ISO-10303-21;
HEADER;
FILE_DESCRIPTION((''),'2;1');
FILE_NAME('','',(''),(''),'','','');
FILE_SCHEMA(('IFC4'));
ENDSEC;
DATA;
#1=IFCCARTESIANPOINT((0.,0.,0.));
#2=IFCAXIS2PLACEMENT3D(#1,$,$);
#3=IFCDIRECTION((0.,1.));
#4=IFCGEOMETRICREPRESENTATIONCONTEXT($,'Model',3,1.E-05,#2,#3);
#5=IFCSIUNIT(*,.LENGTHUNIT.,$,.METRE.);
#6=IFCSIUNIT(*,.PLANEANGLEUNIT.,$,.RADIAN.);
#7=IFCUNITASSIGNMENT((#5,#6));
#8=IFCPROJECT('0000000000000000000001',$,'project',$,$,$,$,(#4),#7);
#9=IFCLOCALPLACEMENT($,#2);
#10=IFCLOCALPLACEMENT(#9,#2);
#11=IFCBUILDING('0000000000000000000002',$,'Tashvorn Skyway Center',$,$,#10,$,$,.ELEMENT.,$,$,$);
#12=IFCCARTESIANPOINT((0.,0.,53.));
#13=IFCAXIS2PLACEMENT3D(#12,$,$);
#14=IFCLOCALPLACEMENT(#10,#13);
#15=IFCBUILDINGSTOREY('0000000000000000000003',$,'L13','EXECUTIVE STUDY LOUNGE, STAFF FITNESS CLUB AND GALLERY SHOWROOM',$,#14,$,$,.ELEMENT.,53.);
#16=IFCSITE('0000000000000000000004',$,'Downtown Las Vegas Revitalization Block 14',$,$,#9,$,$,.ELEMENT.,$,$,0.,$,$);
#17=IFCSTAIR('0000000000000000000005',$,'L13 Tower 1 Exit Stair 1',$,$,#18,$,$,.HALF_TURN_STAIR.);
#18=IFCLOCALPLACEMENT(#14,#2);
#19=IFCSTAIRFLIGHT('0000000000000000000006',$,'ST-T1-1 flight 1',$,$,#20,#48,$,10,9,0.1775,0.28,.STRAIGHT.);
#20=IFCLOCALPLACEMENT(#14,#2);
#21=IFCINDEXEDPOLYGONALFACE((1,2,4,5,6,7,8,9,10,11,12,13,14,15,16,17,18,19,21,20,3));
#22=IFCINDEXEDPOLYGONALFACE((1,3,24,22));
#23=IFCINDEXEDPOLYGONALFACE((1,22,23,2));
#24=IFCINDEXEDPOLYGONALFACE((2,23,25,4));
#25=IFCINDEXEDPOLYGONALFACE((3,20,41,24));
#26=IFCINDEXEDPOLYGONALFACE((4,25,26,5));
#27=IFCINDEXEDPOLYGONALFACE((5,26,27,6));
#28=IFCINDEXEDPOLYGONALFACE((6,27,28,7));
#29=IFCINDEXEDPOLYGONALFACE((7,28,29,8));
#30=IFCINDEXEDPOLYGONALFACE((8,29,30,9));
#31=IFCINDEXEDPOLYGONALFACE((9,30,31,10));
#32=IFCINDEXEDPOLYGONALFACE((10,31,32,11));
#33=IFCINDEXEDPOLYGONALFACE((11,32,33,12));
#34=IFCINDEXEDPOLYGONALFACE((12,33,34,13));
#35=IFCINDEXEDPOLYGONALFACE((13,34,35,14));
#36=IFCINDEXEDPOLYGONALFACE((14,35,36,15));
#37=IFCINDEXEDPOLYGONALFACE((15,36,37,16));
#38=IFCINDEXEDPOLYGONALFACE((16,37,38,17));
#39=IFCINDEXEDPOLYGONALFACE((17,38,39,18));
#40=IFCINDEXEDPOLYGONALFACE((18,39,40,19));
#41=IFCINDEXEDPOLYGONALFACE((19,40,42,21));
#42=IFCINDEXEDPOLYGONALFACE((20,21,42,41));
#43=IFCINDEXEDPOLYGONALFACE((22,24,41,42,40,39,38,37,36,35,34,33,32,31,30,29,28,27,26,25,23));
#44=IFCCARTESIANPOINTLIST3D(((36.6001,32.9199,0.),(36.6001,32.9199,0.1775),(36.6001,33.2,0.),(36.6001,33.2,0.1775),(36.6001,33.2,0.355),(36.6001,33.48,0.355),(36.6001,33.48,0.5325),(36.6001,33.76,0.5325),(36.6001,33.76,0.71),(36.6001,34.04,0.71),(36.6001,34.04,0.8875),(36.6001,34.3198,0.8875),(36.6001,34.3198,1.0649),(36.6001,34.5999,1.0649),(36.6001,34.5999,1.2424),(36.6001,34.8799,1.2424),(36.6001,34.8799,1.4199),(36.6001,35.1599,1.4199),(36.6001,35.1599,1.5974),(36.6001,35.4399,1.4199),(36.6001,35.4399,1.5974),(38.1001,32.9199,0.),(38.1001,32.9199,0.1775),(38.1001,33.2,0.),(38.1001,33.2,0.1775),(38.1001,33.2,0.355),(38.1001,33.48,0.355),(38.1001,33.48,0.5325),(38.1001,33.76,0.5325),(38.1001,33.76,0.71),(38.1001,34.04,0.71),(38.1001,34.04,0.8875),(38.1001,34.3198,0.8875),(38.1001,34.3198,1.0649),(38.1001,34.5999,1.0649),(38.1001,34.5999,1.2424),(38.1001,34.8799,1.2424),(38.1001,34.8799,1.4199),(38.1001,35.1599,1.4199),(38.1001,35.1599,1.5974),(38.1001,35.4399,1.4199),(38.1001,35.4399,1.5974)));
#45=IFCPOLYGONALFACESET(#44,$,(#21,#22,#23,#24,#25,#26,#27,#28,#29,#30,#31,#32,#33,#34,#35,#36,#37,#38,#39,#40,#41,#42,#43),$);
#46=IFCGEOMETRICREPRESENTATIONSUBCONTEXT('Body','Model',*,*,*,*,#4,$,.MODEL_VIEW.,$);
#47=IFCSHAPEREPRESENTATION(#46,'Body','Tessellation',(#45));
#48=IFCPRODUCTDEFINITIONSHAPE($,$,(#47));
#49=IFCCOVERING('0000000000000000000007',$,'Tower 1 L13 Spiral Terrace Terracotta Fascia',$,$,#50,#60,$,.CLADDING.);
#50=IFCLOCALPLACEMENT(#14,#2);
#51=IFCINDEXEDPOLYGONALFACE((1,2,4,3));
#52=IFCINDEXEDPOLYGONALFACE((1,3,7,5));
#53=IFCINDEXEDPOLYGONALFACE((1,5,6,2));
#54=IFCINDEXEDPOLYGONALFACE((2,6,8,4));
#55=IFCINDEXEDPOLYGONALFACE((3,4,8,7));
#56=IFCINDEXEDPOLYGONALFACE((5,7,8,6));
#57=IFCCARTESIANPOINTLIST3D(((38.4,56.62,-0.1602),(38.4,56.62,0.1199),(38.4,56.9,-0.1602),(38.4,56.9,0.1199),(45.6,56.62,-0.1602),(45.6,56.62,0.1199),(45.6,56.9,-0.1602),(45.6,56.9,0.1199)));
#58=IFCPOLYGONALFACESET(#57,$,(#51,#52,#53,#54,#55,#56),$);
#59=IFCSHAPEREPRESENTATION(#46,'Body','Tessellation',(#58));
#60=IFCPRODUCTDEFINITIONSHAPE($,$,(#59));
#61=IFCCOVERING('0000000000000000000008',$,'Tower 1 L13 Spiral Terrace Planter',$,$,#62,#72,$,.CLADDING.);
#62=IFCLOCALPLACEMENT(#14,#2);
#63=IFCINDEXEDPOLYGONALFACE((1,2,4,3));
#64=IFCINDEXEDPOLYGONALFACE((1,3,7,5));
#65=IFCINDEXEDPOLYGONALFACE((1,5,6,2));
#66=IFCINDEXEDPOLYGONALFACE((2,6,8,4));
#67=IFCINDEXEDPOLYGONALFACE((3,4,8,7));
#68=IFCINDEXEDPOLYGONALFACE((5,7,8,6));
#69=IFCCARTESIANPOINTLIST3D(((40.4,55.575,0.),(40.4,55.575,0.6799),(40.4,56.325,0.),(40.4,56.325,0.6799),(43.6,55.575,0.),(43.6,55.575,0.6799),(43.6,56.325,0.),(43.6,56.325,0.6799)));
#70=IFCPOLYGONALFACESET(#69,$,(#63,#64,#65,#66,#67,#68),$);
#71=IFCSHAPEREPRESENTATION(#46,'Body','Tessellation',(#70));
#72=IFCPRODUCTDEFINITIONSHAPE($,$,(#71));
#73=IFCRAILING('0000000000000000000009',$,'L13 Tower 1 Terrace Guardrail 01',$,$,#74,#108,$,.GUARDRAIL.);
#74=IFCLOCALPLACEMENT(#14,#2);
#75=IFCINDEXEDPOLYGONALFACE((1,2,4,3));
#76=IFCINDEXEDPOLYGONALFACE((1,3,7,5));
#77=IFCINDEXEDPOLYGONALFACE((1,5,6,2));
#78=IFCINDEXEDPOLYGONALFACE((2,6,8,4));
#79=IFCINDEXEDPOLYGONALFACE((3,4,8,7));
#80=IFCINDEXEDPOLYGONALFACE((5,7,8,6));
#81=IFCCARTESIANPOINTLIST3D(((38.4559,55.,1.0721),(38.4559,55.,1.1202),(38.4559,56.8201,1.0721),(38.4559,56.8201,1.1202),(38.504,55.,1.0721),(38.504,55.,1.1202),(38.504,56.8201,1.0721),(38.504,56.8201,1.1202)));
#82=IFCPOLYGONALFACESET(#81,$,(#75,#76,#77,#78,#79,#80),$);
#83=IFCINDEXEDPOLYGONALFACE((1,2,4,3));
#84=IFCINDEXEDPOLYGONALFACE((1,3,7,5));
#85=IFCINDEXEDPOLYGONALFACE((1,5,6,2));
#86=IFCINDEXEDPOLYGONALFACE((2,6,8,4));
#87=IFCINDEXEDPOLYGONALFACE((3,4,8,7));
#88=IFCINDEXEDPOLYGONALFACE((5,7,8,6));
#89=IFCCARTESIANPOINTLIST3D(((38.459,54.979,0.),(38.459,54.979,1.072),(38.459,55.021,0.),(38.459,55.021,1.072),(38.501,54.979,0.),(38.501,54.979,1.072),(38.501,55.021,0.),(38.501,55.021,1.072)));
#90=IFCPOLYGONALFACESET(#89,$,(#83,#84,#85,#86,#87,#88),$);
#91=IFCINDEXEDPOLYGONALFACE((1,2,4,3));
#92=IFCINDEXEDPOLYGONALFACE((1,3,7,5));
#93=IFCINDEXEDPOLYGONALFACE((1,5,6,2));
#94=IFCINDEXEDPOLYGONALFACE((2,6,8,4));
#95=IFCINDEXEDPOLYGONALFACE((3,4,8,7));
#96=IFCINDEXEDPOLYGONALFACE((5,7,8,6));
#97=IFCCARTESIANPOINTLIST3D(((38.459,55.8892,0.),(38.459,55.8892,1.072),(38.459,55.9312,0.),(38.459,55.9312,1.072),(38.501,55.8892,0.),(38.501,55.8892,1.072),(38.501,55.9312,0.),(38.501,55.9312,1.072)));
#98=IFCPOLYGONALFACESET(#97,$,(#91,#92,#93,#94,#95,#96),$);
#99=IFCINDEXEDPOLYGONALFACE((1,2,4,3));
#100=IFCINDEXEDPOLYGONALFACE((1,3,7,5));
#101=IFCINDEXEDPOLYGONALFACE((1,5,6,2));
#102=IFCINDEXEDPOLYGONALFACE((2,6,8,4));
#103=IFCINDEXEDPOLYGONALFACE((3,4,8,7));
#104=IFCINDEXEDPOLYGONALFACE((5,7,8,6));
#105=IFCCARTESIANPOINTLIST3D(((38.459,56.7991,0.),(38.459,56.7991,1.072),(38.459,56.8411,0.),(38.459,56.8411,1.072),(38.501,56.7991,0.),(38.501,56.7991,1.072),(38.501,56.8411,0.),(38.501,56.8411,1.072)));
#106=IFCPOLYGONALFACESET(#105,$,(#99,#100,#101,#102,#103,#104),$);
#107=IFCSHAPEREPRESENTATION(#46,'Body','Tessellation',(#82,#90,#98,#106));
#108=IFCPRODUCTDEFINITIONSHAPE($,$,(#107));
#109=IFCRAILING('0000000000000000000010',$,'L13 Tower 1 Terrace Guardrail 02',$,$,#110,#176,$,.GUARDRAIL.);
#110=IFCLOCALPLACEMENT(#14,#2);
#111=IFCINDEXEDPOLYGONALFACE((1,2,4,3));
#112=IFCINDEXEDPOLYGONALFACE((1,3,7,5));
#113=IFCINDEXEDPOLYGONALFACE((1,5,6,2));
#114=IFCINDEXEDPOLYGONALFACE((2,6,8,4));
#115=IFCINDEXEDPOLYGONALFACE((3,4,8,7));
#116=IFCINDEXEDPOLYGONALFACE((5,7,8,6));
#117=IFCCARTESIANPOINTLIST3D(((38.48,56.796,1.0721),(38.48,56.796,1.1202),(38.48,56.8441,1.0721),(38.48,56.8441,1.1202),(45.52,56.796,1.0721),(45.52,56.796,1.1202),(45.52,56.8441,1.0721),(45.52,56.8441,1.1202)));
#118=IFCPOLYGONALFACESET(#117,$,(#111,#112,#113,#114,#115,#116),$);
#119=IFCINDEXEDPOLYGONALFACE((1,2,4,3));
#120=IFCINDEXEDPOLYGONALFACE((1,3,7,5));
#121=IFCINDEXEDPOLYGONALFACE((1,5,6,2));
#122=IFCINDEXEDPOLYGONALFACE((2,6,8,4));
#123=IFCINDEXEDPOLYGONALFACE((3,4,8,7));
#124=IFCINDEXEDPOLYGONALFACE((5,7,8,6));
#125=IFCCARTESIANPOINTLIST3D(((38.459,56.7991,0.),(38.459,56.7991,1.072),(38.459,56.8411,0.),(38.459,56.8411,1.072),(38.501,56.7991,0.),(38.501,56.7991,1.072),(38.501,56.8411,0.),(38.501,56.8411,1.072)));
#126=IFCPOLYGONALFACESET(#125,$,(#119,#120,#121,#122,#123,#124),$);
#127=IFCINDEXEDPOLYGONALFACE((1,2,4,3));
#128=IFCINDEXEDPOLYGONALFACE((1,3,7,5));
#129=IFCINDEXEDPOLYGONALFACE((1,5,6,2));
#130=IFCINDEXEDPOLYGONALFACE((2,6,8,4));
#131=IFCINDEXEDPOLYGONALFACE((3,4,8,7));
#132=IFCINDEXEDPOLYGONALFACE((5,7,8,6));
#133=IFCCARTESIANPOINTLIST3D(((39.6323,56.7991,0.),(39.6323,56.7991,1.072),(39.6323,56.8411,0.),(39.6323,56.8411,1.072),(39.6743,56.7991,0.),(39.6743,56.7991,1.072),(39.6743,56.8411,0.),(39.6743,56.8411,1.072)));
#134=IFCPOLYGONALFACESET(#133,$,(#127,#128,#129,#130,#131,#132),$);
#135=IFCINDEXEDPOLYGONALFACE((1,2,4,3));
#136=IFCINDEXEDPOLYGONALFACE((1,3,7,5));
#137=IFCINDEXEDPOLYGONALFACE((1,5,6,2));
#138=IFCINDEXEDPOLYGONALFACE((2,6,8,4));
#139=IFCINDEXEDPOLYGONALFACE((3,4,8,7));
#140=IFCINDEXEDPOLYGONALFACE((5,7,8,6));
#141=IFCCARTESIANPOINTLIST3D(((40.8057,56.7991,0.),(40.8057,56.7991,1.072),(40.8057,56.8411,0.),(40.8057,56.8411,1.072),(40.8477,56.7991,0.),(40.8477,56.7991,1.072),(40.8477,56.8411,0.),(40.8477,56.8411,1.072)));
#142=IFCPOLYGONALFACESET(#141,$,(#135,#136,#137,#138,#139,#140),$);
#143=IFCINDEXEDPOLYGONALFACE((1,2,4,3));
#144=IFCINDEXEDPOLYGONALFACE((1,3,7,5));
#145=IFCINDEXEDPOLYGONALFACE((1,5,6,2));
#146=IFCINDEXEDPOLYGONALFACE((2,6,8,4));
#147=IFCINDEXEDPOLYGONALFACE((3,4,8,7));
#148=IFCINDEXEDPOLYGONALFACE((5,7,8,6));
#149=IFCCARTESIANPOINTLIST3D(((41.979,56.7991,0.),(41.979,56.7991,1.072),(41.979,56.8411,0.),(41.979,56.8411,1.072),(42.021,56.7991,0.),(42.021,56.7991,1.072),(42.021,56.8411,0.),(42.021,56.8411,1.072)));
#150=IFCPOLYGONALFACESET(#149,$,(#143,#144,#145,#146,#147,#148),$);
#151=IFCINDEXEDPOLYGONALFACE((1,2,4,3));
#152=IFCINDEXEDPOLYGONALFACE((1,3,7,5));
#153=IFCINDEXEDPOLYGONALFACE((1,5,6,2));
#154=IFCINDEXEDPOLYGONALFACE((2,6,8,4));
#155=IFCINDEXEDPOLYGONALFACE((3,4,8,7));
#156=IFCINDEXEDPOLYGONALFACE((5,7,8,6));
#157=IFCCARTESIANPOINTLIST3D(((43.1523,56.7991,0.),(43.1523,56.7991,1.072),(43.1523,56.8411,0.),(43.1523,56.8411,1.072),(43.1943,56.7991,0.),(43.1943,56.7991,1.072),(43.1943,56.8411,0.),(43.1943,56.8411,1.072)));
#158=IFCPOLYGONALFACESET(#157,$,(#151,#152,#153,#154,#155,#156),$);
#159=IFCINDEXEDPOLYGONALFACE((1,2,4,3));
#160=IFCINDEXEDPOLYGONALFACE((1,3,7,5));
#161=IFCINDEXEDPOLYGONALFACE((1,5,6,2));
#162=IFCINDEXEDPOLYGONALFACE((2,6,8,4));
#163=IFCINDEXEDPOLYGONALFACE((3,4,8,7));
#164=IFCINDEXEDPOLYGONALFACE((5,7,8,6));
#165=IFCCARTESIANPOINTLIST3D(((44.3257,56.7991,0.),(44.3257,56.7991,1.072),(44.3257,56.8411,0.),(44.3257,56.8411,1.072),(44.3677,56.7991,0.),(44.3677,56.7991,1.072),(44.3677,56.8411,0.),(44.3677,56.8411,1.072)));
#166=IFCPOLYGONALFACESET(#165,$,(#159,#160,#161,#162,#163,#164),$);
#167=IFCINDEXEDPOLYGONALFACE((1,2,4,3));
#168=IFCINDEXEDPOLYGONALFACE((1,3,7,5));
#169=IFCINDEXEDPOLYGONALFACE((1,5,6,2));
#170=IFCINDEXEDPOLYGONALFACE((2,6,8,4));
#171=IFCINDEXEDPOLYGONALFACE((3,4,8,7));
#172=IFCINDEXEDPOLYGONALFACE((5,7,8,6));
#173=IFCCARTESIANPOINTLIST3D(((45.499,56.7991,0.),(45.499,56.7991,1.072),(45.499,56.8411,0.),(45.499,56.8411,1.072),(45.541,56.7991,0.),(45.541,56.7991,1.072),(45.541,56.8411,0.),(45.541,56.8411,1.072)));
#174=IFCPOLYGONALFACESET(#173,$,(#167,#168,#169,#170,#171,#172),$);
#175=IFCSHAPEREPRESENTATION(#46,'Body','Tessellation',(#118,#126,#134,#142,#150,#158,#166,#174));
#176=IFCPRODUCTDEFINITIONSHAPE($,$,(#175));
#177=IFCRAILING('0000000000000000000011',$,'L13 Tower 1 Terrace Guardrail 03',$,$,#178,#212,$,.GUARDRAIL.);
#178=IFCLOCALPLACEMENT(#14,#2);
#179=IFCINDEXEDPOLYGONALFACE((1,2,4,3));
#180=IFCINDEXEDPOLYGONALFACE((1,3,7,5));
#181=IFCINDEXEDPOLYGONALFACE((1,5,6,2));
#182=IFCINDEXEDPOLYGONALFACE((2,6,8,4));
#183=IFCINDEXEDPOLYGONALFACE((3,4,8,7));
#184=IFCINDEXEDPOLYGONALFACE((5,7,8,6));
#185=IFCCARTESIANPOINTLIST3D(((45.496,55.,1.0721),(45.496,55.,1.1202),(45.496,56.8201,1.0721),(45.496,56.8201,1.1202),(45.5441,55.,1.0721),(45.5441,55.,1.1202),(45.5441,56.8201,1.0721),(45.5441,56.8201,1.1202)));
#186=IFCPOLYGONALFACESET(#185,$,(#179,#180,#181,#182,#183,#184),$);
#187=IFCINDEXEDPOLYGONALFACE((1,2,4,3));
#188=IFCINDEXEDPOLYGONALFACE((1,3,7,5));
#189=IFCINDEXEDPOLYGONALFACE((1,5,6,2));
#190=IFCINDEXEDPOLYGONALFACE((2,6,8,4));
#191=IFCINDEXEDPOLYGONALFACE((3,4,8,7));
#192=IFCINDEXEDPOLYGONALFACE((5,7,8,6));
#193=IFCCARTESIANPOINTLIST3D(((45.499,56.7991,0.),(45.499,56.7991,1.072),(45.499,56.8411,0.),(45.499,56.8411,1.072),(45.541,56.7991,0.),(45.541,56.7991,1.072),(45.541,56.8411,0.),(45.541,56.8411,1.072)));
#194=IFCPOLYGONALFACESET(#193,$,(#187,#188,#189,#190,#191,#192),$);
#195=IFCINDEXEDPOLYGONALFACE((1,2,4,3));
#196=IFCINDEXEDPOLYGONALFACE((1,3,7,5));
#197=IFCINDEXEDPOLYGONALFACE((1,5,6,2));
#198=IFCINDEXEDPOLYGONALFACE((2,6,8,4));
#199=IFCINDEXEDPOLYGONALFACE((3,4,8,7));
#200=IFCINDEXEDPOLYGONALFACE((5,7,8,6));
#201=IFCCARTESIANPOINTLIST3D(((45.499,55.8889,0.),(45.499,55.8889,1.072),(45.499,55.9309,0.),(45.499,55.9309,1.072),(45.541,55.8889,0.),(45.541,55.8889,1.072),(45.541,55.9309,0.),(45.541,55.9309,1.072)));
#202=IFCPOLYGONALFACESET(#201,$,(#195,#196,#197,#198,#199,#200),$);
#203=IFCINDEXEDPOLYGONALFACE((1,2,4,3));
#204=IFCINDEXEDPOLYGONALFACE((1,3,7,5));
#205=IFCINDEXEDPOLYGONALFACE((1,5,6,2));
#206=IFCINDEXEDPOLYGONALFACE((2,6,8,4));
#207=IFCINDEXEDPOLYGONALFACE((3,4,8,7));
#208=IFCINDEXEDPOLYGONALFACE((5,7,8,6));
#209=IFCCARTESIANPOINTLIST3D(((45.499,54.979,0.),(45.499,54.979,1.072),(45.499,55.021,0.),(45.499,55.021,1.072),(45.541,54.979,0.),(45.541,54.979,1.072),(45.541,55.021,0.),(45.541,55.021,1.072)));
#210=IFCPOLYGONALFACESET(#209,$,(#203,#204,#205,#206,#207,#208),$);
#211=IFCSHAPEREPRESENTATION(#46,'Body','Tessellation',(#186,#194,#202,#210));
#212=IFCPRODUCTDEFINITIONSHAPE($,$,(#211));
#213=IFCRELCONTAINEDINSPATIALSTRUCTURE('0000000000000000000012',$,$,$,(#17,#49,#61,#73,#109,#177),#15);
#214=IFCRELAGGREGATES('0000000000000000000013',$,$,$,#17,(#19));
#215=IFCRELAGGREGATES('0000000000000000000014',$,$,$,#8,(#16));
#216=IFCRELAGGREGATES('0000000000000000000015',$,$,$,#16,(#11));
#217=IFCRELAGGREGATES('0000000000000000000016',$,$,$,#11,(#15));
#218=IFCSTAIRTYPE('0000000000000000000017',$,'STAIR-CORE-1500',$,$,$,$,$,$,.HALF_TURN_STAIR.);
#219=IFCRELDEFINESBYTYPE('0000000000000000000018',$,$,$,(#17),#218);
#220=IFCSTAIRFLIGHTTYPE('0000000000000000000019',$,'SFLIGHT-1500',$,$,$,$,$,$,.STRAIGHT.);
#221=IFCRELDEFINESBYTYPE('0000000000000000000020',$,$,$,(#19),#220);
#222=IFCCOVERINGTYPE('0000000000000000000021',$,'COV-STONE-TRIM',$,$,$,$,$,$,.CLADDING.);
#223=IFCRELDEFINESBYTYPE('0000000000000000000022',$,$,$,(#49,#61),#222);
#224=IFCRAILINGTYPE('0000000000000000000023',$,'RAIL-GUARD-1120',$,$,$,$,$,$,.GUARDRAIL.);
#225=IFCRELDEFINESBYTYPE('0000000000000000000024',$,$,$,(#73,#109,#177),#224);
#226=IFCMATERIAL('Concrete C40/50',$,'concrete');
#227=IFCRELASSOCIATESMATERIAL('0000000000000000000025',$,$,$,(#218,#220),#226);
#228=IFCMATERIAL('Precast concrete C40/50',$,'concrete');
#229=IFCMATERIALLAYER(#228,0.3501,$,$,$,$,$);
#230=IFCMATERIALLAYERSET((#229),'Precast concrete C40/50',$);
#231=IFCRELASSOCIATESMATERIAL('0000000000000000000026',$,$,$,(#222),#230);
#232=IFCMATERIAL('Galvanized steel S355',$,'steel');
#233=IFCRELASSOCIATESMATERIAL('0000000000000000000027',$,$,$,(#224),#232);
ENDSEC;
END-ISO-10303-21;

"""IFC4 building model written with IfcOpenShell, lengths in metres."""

from ifc_helpers import new_model, si_unit, direction, frame, origin, origin_2d, place, context, subcontext, project, spatial, polyline, rectangle, outline, extrude, material, layer, layer_set, type_object, element, aggregate, save


model = new_model("IFC4")

# Units and contexts
model_context = context("Model", 3, precision=1e-05, world=origin(), true_north=direction((0.0, 1.0)))
body_context = subcontext(model_context, "Body", "Model", "MODEL_VIEW")
ifc_project = project(units=[si_unit("LENGTHUNIT", "METRE"), si_unit("PLANEANGLEUNIT", "RADIAN")], contexts=[model_context])

# Site, building, storey
site_placement = place(None, origin())
site = spatial("IfcSite", under=ifc_project, at=site_placement, Name="Downtown Las Vegas Revitalization Block 14", CompositionType="ELEMENT", RefElevation=0.0)
building_placement = place(site_placement, origin())
building = spatial("IfcBuilding", under=site, at=building_placement, Name="Tashvorn Skyway Center", CompositionType="ELEMENT")
storey_placement = place(building_placement, frame((0.0, 0.0, 53.0)))
storey = spatial("IfcBuildingStorey", under=building, at=storey_placement, Name="L13", Description="EXECUTIVE STUDY LOUNGE, STAFF FITNESS CLUB AND GALLERY SHOWROOM", CompositionType="ELEMENT", Elevation=53.0)

# Shared definitions
ifc_material_1 = material(Name="Precast concrete C40/50", Category="concrete")

# Shared definitions
ifc_material_2 = material(Name="Concrete C40/50", Category="concrete")

# Stair, stair flight
stair_type = type_object("IfcStairType", Name="STAIR-CORE-1500", PredefinedType="HALF_TURN_STAIR", material=ifc_material_2)
stair_placement = place(storey_placement, origin())
stair = element("IfcStair", 1, at=stair_placement, inside=storey, type_object=stair_type, Name="L13 Tower 1 Exit Stair 1", PredefinedType="HALF_TURN_STAIR")
stair_flight_type = type_object("IfcStairFlightType", Name="SFLIGHT-1500", PredefinedType="STRAIGHT", material=ifc_material_2)
stair_flight_placement = place(storey_placement, frame((37.3501, 32.9199, 0.0), z_axis=(0.0, 0.0, 1.0), x_axis=(0.0, 1.0, 0.0)))
stair_flight = element("IfcStairFlight", 2, at=stair_flight_placement, type_object=stair_flight_type, Name="ST-T1-1 flight 1", NumberOfRisers=10, NumberOfTreads=9, PredefinedType="STRAIGHT", RiserHeight=0.1775, TreadLength=0.28, context=body_context, shape_type="SweptSolid", body=[
    extrude(outline(polyline([(0.0, 0.0), (0.0, 0.1775), (0.28, 0.1775), (0.28, 0.355), (0.5601, 0.355), (0.5601, 0.5325), (0.8401, 0.5325), (0.8401, 0.71), (1.1201, 0.71), (1.1201, 0.8875), (1.3999, 0.8875), (1.3999, 1.0649), (1.6799, 1.0649), (1.6799, 1.2424), (1.96, 1.2424), (1.96, 1.4199), (2.24, 1.4199), (2.24, 1.5974), (2.52, 1.5974), (2.52, 1.7749), (2.52, 1.4199), (0.28, 0.0), (0.0, 0.0)])), frame((0.0, 0.75, 0.0), z_axis=(0.0, -1.0, 0.0), x_axis=(1.0, 0.0, 0.0)), (0.0, 0.0, 1.0), 1.5),
])
aggregate(stair, [stair_flight])

# Coverings
ifc_layer_1 = layer(ifc_material_1, 0.3501)
ifc_layer_set_1 = layer_set([ifc_layer_1], Name="Precast concrete C40/50")
covering_type = type_object("IfcCoveringType", Name="COV-STONE-TRIM", PredefinedType="CLADDING", material=ifc_layer_set_1)
covering_1_placement = place(storey_placement, frame((42.0, 56.76, -0.1602), z_axis=(0.0, 0.0, 1.0), x_axis=(1.0, 0.0, 0.0)))
element("IfcCovering", 3, at=covering_1_placement, inside=storey, type_object=covering_type, Name="Tower 1 L13 Spiral Terrace Terracotta Fascia", PredefinedType="CLADDING", context=body_context, shape_type="SweptSolid", body=[
    extrude(rectangle(XDim=7.2, YDim=0.28, at=origin_2d()), origin(), (0.0, 0.0, 1.0), 0.28),
])
covering_2_placement = place(storey_placement, frame((42.0, 55.95, 0.0), z_axis=(0.0, 0.0, 1.0), x_axis=(1.0, 0.0, 0.0)))
element("IfcCovering", 4, at=covering_2_placement, inside=storey, type_object=covering_type, Name="Tower 1 L13 Spiral Terrace Planter", PredefinedType="CLADDING", context=body_context, shape_type="SweptSolid", body=[
    extrude(rectangle(XDim=3.2, YDim=0.75, at=origin_2d()), origin(), (0.0, 0.0, 1.0), 0.6799),
])

# Railings
ifc_material_3 = material(Name="Galvanized steel S355", Category="steel")
railing_type_1 = type_object("IfcRailingType", Name="RAIL-GUARD-1120", PredefinedType="GUARDRAIL", material=ifc_material_3)
railing_1_placement = place(storey_placement, frame((38.48, 55.0, 0.0)))
element("IfcRailing", 5, at=railing_1_placement, inside=storey, type_object=railing_type_1, Name="L13 Tower 1 Terrace Guardrail 01", PredefinedType="GUARDRAIL", context=body_context, shape_type="SweptSolid", body=[
    extrude(rectangle(XDim=0.0481, YDim=0.0481, at=origin_2d()), frame((0.0, 0.0, 1.0962), z_axis=(0.0, 1.0, 0.0), x_axis=(-1.0, 0.0, 0.0)), (0.0, 0.0, 1.0), 1.8201),
    extrude(rectangle(XDim=0.042, YDim=0.042, at=origin_2d()), origin(), (0.0, 0.0, 1.0), 1.072),
    extrude(rectangle(XDim=0.042, YDim=0.042, at=origin_2d()), frame((0.0, 0.9102, 0.0)), (0.0, 0.0, 1.0), 1.072),
    extrude(rectangle(XDim=0.042, YDim=0.042, at=origin_2d()), frame((0.0, 1.8201, 0.0)), (0.0, 0.0, 1.0), 1.072),
])
railing_2_placement = place(storey_placement, frame((38.48, 56.8201, 0.0)))
element("IfcRailing", 6, at=railing_2_placement, inside=storey, type_object=railing_type_1, Name="L13 Tower 1 Terrace Guardrail 02", PredefinedType="GUARDRAIL", context=body_context, shape_type="SweptSolid", body=[
    extrude(rectangle(XDim=0.0481, YDim=0.0481, at=origin_2d()), frame((0.0, 0.0, 1.0962), z_axis=(1.0, 0.0, 0.0), x_axis=(0.0, 1.0, 0.0)), (0.0, 0.0, 1.0), 7.04),
    extrude(rectangle(XDim=0.042, YDim=0.042, at=origin_2d()), origin(), (0.0, 0.0, 1.0), 1.072),
    extrude(rectangle(XDim=0.042, YDim=0.042, at=origin_2d()), frame((1.1733, 0.0, 0.0)), (0.0, 0.0, 1.0), 1.072),
    extrude(rectangle(XDim=0.042, YDim=0.042, at=origin_2d()), frame((2.3467, 0.0, 0.0)), (0.0, 0.0, 1.0), 1.072),
    extrude(rectangle(XDim=0.042, YDim=0.042, at=origin_2d()), frame((3.52, 0.0, 0.0)), (0.0, 0.0, 1.0), 1.072),
    extrude(rectangle(XDim=0.042, YDim=0.042, at=origin_2d()), frame((4.6934, 0.0, 0.0)), (0.0, 0.0, 1.0), 1.072),
    extrude(rectangle(XDim=0.042, YDim=0.042, at=origin_2d()), frame((5.8667, 0.0, 0.0)), (0.0, 0.0, 1.0), 1.072),
    extrude(rectangle(XDim=0.042, YDim=0.042, at=origin_2d()), frame((7.04, 0.0, 0.0)), (0.0, 0.0, 1.0), 1.072),
])
railing_3_placement = place(storey_placement, frame((45.52, 56.8201, 0.0)))
element("IfcRailing", 7, at=railing_3_placement, inside=storey, type_object=railing_type_1, Name="L13 Tower 1 Terrace Guardrail 03", PredefinedType="GUARDRAIL", context=body_context, shape_type="SweptSolid", body=[
    extrude(rectangle(XDim=0.0481, YDim=0.0481, at=origin_2d()), frame((0.0, 0.0, 1.0962), z_axis=(0.0, -1.0, 0.0), x_axis=(1.0, 0.0, 0.0)), (0.0, 0.0, 1.0), 1.8201),
    extrude(rectangle(XDim=0.042, YDim=0.042, at=origin_2d()), origin(), (0.0, 0.0, 1.0), 1.072),
    extrude(rectangle(XDim=0.042, YDim=0.042, at=origin_2d()), frame((0.0, -0.9102, 0.0)), (0.0, 0.0, 1.0), 1.072),
    extrude(rectangle(XDim=0.042, YDim=0.042, at=origin_2d()), frame((0.0, -1.8201, 0.0)), (0.0, 0.0, 1.0), 1.072),
])

save(model, "model.ifc")
